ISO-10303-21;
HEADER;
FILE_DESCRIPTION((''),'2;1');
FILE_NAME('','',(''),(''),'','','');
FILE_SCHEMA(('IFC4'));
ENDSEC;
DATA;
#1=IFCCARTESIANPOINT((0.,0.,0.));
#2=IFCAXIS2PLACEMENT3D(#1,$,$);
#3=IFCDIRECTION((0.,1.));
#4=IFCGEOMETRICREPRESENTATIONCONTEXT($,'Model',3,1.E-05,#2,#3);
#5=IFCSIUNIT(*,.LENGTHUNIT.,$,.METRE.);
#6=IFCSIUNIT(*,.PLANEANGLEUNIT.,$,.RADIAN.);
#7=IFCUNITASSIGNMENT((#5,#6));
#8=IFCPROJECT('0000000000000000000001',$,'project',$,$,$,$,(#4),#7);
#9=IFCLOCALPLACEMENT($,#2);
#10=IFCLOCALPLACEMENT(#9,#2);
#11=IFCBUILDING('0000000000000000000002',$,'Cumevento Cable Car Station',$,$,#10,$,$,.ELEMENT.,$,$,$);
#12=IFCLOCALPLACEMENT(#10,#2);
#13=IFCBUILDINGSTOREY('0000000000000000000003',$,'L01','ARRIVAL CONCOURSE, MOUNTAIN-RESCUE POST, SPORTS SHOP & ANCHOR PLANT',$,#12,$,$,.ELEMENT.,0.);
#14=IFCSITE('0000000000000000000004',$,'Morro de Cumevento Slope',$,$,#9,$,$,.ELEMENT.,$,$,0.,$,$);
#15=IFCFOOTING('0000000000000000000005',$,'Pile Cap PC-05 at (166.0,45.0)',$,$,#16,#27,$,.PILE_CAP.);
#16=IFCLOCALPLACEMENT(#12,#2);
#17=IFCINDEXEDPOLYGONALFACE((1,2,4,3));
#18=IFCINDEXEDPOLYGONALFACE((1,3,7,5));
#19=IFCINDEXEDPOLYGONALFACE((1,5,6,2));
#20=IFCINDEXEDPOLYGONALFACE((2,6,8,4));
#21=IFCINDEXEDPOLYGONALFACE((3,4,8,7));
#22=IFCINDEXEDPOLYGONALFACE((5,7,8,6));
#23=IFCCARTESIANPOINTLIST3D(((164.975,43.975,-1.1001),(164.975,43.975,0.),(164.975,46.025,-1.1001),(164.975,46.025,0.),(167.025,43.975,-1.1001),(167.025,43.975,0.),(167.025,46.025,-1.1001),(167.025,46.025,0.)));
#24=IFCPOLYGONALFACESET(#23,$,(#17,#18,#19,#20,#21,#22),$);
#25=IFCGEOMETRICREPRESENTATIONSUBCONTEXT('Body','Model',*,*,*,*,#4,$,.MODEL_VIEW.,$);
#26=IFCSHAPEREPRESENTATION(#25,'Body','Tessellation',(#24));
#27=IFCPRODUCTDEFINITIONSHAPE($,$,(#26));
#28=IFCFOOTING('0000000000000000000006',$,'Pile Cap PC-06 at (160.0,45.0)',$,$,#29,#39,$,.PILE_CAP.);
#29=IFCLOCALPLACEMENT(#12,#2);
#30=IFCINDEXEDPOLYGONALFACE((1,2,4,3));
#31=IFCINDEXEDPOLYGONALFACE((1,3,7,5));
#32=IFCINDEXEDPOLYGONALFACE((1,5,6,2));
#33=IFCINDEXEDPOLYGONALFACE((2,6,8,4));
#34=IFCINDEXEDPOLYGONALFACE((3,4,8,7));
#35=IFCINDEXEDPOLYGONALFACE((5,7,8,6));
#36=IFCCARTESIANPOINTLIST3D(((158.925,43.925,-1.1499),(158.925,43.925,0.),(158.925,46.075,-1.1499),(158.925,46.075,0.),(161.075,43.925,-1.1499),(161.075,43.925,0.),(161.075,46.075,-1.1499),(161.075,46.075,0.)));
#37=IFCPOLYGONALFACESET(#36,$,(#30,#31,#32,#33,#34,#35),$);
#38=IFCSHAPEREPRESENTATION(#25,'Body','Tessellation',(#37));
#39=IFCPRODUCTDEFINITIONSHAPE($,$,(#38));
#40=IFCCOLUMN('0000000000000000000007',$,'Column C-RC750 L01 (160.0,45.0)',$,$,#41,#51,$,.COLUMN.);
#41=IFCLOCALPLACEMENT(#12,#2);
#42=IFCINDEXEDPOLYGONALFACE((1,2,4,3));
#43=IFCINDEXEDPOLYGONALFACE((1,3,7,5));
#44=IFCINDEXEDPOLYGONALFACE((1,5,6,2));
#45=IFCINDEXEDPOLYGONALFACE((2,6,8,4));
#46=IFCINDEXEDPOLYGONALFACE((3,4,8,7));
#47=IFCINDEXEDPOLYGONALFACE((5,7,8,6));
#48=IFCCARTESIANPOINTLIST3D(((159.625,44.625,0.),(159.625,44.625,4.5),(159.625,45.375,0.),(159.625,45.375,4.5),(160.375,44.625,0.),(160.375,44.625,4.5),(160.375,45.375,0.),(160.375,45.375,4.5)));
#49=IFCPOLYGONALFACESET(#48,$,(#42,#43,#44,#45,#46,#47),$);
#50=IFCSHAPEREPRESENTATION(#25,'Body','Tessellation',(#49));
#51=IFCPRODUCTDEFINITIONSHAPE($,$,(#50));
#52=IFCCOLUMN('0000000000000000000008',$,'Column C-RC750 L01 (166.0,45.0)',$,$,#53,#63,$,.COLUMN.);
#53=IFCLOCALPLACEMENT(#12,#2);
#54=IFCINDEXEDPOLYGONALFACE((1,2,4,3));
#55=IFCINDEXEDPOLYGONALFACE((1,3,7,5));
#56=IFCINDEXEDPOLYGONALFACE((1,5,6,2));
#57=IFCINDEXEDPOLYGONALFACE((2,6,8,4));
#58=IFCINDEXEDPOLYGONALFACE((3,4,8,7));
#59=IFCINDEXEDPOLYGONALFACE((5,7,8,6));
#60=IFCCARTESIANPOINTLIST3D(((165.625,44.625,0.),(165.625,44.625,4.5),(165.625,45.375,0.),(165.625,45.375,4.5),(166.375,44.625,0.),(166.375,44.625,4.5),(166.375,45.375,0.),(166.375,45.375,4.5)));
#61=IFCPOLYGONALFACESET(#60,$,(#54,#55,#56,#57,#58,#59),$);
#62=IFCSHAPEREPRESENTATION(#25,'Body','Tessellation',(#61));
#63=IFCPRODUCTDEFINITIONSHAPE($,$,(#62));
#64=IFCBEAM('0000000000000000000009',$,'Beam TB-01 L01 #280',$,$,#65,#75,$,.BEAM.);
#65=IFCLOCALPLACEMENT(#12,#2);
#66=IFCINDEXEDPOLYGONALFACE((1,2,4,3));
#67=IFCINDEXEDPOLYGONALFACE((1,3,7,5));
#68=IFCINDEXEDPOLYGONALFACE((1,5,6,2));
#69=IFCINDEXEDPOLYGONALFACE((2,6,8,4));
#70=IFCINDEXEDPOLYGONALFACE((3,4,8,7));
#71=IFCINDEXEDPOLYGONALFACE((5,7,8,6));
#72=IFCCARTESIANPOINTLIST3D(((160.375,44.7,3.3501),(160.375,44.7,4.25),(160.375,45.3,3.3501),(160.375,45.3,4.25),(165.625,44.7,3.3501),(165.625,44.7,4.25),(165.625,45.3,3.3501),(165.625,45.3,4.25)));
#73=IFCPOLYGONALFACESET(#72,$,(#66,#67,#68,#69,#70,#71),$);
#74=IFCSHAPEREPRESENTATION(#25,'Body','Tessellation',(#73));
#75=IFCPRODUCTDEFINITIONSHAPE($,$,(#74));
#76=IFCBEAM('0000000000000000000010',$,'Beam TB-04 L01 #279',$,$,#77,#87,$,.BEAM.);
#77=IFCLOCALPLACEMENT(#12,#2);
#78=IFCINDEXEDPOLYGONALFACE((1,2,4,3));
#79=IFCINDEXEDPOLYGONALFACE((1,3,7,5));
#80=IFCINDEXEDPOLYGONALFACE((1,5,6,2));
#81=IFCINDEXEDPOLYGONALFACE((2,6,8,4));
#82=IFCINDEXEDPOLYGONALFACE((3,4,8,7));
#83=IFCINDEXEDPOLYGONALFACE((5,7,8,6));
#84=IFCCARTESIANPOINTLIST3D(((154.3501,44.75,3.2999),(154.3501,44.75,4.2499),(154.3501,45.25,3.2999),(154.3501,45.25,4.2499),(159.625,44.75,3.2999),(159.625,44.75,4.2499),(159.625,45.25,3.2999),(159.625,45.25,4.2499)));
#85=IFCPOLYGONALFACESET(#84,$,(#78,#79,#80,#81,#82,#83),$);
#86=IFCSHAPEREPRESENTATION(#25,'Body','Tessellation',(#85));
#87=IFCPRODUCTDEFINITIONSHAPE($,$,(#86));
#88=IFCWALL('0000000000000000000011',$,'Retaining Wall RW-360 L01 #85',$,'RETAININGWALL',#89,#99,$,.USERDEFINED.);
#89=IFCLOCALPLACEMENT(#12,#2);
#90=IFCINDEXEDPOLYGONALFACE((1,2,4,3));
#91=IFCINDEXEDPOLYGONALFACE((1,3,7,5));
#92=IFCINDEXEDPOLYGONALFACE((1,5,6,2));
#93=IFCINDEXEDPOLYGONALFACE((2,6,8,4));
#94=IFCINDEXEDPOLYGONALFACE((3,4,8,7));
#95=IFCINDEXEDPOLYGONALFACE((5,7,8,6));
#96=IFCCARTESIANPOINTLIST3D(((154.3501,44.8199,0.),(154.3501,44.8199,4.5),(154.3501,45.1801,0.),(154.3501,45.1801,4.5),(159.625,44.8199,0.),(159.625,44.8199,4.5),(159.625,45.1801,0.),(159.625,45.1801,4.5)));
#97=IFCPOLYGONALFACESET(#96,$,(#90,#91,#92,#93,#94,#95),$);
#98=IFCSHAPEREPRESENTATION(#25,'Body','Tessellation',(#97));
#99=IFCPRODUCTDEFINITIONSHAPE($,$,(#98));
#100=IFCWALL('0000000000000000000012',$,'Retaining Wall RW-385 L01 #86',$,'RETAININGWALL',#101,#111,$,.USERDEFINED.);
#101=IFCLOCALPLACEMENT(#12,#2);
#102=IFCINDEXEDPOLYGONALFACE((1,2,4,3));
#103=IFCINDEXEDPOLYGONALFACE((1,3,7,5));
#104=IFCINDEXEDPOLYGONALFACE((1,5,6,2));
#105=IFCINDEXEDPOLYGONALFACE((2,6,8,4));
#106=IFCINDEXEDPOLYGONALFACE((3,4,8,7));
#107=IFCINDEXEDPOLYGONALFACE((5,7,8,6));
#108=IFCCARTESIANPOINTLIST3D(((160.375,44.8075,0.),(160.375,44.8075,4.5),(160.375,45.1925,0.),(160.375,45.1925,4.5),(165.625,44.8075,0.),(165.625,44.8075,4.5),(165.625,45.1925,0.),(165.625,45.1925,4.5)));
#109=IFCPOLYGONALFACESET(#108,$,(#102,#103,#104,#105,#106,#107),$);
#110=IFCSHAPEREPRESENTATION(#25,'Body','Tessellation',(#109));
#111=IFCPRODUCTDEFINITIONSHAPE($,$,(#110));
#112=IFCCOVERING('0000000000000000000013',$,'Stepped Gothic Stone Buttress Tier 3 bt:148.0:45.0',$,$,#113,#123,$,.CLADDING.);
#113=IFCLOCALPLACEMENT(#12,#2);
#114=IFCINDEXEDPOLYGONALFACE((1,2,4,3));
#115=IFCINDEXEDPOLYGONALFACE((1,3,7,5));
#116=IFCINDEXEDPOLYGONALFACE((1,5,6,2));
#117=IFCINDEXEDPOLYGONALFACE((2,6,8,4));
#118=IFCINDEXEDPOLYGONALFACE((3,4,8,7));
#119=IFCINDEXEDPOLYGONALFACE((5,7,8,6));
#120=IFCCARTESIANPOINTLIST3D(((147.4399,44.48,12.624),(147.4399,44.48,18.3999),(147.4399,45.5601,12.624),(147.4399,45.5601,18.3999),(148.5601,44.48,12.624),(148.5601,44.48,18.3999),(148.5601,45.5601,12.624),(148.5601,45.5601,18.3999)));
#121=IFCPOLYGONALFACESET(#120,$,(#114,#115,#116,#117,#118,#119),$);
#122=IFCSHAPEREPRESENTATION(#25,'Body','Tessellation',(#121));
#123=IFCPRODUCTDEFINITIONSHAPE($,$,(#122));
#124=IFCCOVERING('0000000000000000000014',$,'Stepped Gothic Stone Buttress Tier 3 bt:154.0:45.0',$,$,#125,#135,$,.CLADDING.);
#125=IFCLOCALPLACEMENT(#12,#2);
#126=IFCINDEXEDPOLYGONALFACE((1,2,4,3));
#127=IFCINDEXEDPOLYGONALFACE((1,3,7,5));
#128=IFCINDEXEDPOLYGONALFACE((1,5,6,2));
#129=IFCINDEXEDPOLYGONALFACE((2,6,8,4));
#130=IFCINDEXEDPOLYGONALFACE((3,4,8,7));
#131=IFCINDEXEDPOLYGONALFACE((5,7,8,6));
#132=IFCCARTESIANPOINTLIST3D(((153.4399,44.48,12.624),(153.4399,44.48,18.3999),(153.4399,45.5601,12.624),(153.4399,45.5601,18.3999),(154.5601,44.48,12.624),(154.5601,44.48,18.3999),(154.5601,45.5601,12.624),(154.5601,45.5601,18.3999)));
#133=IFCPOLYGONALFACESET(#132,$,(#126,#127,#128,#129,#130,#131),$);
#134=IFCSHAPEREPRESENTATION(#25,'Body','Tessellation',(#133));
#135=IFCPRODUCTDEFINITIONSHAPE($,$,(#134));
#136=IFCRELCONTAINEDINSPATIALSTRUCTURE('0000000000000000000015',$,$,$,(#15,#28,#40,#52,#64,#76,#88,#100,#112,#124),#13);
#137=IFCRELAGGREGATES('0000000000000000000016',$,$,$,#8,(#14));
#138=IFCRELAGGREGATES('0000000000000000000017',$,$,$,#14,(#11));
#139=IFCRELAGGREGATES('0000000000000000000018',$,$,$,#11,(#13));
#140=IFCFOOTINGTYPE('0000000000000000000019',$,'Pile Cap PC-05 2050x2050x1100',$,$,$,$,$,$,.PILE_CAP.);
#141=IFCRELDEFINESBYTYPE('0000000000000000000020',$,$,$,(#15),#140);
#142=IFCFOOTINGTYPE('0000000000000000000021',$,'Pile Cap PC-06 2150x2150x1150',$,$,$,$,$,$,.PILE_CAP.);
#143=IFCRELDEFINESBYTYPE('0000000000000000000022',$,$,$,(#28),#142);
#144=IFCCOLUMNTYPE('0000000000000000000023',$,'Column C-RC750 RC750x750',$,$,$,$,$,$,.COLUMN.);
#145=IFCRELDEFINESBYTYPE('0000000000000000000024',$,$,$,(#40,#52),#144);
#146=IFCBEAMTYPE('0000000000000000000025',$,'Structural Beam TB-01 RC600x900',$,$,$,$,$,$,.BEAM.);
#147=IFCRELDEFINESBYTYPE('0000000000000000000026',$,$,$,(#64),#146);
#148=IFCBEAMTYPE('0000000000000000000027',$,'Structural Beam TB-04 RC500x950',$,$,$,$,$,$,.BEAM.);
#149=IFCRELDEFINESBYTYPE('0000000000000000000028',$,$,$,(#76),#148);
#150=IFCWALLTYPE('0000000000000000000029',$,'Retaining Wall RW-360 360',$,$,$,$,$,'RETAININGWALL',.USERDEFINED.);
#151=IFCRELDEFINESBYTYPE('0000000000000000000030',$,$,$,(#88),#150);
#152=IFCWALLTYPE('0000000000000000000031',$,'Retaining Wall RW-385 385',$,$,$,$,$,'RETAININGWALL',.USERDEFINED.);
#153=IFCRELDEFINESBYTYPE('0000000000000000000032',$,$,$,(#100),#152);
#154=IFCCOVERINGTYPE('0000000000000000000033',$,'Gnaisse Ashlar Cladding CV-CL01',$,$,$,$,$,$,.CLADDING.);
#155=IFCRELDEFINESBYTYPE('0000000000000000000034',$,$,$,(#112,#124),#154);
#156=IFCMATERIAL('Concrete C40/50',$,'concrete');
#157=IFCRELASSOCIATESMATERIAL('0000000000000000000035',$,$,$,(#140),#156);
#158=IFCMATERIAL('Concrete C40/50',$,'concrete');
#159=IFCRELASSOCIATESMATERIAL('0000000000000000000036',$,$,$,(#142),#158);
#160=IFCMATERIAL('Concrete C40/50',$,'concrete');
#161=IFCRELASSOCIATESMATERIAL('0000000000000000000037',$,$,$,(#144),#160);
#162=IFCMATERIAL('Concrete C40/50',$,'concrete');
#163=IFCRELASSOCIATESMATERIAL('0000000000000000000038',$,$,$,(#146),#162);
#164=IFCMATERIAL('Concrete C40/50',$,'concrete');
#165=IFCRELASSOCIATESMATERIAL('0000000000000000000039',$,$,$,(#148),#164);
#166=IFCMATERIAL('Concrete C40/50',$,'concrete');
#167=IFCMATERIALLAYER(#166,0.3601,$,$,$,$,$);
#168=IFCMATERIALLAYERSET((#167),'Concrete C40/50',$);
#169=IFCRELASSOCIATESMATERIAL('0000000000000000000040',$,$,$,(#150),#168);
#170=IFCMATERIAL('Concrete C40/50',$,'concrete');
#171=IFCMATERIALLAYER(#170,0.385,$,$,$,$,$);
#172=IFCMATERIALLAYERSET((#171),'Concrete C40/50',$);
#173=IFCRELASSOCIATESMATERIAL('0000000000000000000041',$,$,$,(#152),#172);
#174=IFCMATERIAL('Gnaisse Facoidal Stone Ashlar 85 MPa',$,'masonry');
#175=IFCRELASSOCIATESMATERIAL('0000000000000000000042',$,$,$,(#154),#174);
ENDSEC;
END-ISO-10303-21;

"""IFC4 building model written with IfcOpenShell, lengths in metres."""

from ifc_helpers import new_model, si_unit, direction, frame, frame_2d, origin, origin_2d, place, context, subcontext, project, spatial, rectangle, extrude, material, layer, layer_set, material_profile, profile_set, type_object, element, save


model = new_model("IFC4")

# Units and contexts
model_context = context("Model", 3, precision=1e-05, world=origin(), true_north=direction((0.0, 1.0)))
body_context = subcontext(model_context, "Body", "Model", "MODEL_VIEW")
ifc_project = project(units=[si_unit("LENGTHUNIT", "METRE"), si_unit("PLANEANGLEUNIT", "RADIAN")], contexts=[model_context])

# Site, building, storey
site_placement = place(None, origin())
site = spatial("IfcSite", under=ifc_project, at=site_placement, Name="Morro de Cumevento Slope", CompositionType="ELEMENT", RefElevation=0.0)
building_placement = place(site_placement, origin())
building = spatial("IfcBuilding", under=site, at=building_placement, Name="Cumevento Cable Car Station", CompositionType="ELEMENT")
storey_placement = place(building_placement, origin())
storey = spatial("IfcBuildingStorey", under=building, at=storey_placement, Name="L01", Description="ARRIVAL CONCOURSE, MOUNTAIN-RESCUE POST, SPORTS SHOP & ANCHOR PLANT", CompositionType="ELEMENT", Elevation=0.0)

# Footings
ifc_material_1 = material(Name="Concrete C40/50", Category="concrete")
footing_type_1 = type_object("IfcFootingType", Name="Pile Cap PC-05 2050x2050x1100", PredefinedType="PILE_CAP", material=ifc_material_1)
footing_1_placement = place(storey_placement, frame((166.0, 45.0, -1.1001), z_axis=(0.0, 0.0, 1.0), x_axis=(1.0, 0.0, 0.0)))
element("IfcFooting", 1, at=footing_1_placement, inside=storey, type_object=footing_type_1, Name="Pile Cap PC-05 at (166.0,45.0)", PredefinedType="PILE_CAP", context=body_context, shape_type="SweptSolid", body=[
    extrude(rectangle(XDim=2.05, YDim=2.05, at=origin_2d()), origin(), (0.0, 0.0, 1.0), 1.1001),
])
ifc_material_2 = material(Name="Concrete C40/50", Category="concrete")
footing_type_2 = type_object("IfcFootingType", Name="Pile Cap PC-06 2150x2150x1150", PredefinedType="PILE_CAP", material=ifc_material_2)
footing_2_placement = place(storey_placement, frame((160.0, 45.0, -1.1499), z_axis=(0.0, 0.0, 1.0), x_axis=(1.0, 0.0, 0.0)))
element("IfcFooting", 2, at=footing_2_placement, inside=storey, type_object=footing_type_2, Name="Pile Cap PC-06 at (160.0,45.0)", PredefinedType="PILE_CAP", context=body_context, shape_type="SweptSolid", body=[
    extrude(rectangle(XDim=2.1499, YDim=2.1499, at=origin_2d()), origin(), (0.0, 0.0, 1.0), 1.1499),
])

# Columns
ifc_material_3 = material(Name="Concrete C40/50", Category="concrete")
ifc_material_profile_1 = material_profile(ifc_material_3, rectangle(XDim=0.75, YDim=0.75, at=origin_2d()), Name="RC750x750")
ifc_profile_set_1 = profile_set([ifc_material_profile_1], Name="Concrete C40/50")
column_type = type_object("IfcColumnType", Name="Column C-RC750 RC750x750", PredefinedType="COLUMN", material=ifc_profile_set_1)
for number, where, z_axis, x_axis, name in (
    (3, (160.0, 45.0, 0.0), (0.0, 0.0, 1.0), (1.0, 0.0, 0.0), "Column C-RC750 L01 (160.0,45.0)"),
    (4, (166.0, 45.0, 0.0), (0.0, 0.0, 1.0), (1.0, 0.0, 0.0), "Column C-RC750 L01 (166.0,45.0)"),
):
    element("IfcColumn", number, at=place(storey_placement, frame(where, z_axis=z_axis, x_axis=x_axis)), inside=storey, type_object=column_type, Name=name, PredefinedType="COLUMN", context=body_context, shape_type="SweptSolid", body=[
        extrude(rectangle(XDim=0.75, YDim=0.75, at=origin_2d()), origin(), (0.0, 0.0, 1.0), 4.5),
    ])

# Beams
ifc_material_4 = material(Name="Concrete C40/50", Category="concrete")
ifc_material_profile_2 = material_profile(ifc_material_4, rectangle(XDim=0.6001, YDim=0.8999, at=origin_2d()), Name="RC600x900")
ifc_profile_set_2 = profile_set([ifc_material_profile_2], Name="Concrete C40/50")
beam_type_1 = type_object("IfcBeamType", Name="Structural Beam TB-01 RC600x900", PredefinedType="BEAM", material=ifc_profile_set_2)
beam_1_placement = place(storey_placement, frame((160.375, 45.0, 3.8), z_axis=(1.0, 0.0, 0.0), x_axis=(0.0, 1.0, 0.0)))
element("IfcBeam", 5, at=beam_1_placement, inside=storey, type_object=beam_type_1, Name="Beam TB-01 L01 #280", PredefinedType="BEAM", context=body_context, shape_type="SweptSolid", body=[
    extrude(rectangle(XDim=0.6001, YDim=0.8999, at=origin_2d()), origin(), (0.0, 0.0, 1.0), 5.25),
])
ifc_material_5 = material(Name="Concrete C40/50", Category="concrete")
ifc_material_profile_3 = material_profile(ifc_material_5, rectangle(XDim=0.5, YDim=0.95, at=origin_2d()), Name="RC500x950")
ifc_profile_set_3 = profile_set([ifc_material_profile_3], Name="Concrete C40/50")
beam_type_2 = type_object("IfcBeamType", Name="Structural Beam TB-04 RC500x950", PredefinedType="BEAM", material=ifc_profile_set_3)
beam_2_placement = place(storey_placement, frame((154.3501, 45.0, 3.7749), z_axis=(1.0, 0.0, 0.0), x_axis=(0.0, 1.0, 0.0)))
element("IfcBeam", 6, at=beam_2_placement, inside=storey, type_object=beam_type_2, Name="Beam TB-04 L01 #279", PredefinedType="BEAM", context=body_context, shape_type="SweptSolid", body=[
    extrude(rectangle(XDim=0.5, YDim=0.95, at=origin_2d()), origin(), (0.0, 0.0, 1.0), 5.2749),
])

# Walls
ifc_material_6 = material(Name="Concrete C40/50", Category="concrete")
ifc_layer_1 = layer(ifc_material_6, 0.3601)
ifc_layer_set_1 = layer_set([ifc_layer_1], Name="Concrete C40/50")
wall_type_1 = type_object("IfcWallType", Name="Retaining Wall RW-360 360", ElementType="RETAININGWALL", PredefinedType="USERDEFINED", material=ifc_layer_set_1)
wall_1_placement = place(storey_placement, frame((154.3501, 45.0, 0.0), z_axis=(0.0, 0.0, 1.0), x_axis=(1.0, 0.0, 0.0)))
element("IfcWall", 7, at=wall_1_placement, inside=storey, type_object=wall_type_1, Name="Retaining Wall RW-360 L01 #85", ObjectType="RETAININGWALL", PredefinedType="USERDEFINED", context=body_context, shape_type="SweptSolid", body=[
    extrude(rectangle(XDim=5.2749, YDim=0.3601, at=frame_2d((2.6375, 0.0))), origin(), (0.0, 0.0, 1.0), 4.5),
])
ifc_material_7 = material(Name="Concrete C40/50", Category="concrete")
ifc_layer_2 = layer(ifc_material_7, 0.385)
ifc_layer_set_2 = layer_set([ifc_layer_2], Name="Concrete C40/50")
wall_type_2 = type_object("IfcWallType", Name="Retaining Wall RW-385 385", ElementType="RETAININGWALL", PredefinedType="USERDEFINED", material=ifc_layer_set_2)
wall_2_placement = place(storey_placement, frame((160.375, 45.0, 0.0), z_axis=(0.0, 0.0, 1.0), x_axis=(1.0, 0.0, 0.0)))
element("IfcWall", 8, at=wall_2_placement, inside=storey, type_object=wall_type_2, Name="Retaining Wall RW-385 L01 #86", ObjectType="RETAININGWALL", PredefinedType="USERDEFINED", context=body_context, shape_type="SweptSolid", body=[
    extrude(rectangle(XDim=5.25, YDim=0.385, at=frame_2d((2.625, 0.0))), origin(), (0.0, 0.0, 1.0), 4.5),
])

# Coverings
ifc_material_8 = material(Name="Gnaisse Facoidal Stone Ashlar 85 MPa", Category="masonry")
covering_type = type_object("IfcCoveringType", Name="Gnaisse Ashlar Cladding CV-CL01", PredefinedType="CLADDING", material=ifc_material_8)
for number, where, z_axis, x_axis, name in (
    (9, (148.0, 45.02, 12.624), (0.0, 0.0, 1.0), (1.0, 0.0, 0.0), "Stepped Gothic Stone Buttress Tier 3 bt:148.0:45.0"),
    (10, (154.0, 45.02, 12.624), (0.0, 0.0, 1.0), (1.0, 0.0, 0.0), "Stepped Gothic Stone Buttress Tier 3 bt:154.0:45.0"),
):
    element("IfcCovering", number, at=place(storey_placement, frame(where, z_axis=z_axis, x_axis=x_axis)), inside=storey, type_object=covering_type, Name=name, PredefinedType="CLADDING", context=body_context, shape_type="SweptSolid", body=[
        extrude(rectangle(XDim=1.1201, YDim=1.0801, at=origin_2d()), origin(), (0.0, 0.0, 1.0), 5.7759),
    ])

save(model, "model.ifc")
